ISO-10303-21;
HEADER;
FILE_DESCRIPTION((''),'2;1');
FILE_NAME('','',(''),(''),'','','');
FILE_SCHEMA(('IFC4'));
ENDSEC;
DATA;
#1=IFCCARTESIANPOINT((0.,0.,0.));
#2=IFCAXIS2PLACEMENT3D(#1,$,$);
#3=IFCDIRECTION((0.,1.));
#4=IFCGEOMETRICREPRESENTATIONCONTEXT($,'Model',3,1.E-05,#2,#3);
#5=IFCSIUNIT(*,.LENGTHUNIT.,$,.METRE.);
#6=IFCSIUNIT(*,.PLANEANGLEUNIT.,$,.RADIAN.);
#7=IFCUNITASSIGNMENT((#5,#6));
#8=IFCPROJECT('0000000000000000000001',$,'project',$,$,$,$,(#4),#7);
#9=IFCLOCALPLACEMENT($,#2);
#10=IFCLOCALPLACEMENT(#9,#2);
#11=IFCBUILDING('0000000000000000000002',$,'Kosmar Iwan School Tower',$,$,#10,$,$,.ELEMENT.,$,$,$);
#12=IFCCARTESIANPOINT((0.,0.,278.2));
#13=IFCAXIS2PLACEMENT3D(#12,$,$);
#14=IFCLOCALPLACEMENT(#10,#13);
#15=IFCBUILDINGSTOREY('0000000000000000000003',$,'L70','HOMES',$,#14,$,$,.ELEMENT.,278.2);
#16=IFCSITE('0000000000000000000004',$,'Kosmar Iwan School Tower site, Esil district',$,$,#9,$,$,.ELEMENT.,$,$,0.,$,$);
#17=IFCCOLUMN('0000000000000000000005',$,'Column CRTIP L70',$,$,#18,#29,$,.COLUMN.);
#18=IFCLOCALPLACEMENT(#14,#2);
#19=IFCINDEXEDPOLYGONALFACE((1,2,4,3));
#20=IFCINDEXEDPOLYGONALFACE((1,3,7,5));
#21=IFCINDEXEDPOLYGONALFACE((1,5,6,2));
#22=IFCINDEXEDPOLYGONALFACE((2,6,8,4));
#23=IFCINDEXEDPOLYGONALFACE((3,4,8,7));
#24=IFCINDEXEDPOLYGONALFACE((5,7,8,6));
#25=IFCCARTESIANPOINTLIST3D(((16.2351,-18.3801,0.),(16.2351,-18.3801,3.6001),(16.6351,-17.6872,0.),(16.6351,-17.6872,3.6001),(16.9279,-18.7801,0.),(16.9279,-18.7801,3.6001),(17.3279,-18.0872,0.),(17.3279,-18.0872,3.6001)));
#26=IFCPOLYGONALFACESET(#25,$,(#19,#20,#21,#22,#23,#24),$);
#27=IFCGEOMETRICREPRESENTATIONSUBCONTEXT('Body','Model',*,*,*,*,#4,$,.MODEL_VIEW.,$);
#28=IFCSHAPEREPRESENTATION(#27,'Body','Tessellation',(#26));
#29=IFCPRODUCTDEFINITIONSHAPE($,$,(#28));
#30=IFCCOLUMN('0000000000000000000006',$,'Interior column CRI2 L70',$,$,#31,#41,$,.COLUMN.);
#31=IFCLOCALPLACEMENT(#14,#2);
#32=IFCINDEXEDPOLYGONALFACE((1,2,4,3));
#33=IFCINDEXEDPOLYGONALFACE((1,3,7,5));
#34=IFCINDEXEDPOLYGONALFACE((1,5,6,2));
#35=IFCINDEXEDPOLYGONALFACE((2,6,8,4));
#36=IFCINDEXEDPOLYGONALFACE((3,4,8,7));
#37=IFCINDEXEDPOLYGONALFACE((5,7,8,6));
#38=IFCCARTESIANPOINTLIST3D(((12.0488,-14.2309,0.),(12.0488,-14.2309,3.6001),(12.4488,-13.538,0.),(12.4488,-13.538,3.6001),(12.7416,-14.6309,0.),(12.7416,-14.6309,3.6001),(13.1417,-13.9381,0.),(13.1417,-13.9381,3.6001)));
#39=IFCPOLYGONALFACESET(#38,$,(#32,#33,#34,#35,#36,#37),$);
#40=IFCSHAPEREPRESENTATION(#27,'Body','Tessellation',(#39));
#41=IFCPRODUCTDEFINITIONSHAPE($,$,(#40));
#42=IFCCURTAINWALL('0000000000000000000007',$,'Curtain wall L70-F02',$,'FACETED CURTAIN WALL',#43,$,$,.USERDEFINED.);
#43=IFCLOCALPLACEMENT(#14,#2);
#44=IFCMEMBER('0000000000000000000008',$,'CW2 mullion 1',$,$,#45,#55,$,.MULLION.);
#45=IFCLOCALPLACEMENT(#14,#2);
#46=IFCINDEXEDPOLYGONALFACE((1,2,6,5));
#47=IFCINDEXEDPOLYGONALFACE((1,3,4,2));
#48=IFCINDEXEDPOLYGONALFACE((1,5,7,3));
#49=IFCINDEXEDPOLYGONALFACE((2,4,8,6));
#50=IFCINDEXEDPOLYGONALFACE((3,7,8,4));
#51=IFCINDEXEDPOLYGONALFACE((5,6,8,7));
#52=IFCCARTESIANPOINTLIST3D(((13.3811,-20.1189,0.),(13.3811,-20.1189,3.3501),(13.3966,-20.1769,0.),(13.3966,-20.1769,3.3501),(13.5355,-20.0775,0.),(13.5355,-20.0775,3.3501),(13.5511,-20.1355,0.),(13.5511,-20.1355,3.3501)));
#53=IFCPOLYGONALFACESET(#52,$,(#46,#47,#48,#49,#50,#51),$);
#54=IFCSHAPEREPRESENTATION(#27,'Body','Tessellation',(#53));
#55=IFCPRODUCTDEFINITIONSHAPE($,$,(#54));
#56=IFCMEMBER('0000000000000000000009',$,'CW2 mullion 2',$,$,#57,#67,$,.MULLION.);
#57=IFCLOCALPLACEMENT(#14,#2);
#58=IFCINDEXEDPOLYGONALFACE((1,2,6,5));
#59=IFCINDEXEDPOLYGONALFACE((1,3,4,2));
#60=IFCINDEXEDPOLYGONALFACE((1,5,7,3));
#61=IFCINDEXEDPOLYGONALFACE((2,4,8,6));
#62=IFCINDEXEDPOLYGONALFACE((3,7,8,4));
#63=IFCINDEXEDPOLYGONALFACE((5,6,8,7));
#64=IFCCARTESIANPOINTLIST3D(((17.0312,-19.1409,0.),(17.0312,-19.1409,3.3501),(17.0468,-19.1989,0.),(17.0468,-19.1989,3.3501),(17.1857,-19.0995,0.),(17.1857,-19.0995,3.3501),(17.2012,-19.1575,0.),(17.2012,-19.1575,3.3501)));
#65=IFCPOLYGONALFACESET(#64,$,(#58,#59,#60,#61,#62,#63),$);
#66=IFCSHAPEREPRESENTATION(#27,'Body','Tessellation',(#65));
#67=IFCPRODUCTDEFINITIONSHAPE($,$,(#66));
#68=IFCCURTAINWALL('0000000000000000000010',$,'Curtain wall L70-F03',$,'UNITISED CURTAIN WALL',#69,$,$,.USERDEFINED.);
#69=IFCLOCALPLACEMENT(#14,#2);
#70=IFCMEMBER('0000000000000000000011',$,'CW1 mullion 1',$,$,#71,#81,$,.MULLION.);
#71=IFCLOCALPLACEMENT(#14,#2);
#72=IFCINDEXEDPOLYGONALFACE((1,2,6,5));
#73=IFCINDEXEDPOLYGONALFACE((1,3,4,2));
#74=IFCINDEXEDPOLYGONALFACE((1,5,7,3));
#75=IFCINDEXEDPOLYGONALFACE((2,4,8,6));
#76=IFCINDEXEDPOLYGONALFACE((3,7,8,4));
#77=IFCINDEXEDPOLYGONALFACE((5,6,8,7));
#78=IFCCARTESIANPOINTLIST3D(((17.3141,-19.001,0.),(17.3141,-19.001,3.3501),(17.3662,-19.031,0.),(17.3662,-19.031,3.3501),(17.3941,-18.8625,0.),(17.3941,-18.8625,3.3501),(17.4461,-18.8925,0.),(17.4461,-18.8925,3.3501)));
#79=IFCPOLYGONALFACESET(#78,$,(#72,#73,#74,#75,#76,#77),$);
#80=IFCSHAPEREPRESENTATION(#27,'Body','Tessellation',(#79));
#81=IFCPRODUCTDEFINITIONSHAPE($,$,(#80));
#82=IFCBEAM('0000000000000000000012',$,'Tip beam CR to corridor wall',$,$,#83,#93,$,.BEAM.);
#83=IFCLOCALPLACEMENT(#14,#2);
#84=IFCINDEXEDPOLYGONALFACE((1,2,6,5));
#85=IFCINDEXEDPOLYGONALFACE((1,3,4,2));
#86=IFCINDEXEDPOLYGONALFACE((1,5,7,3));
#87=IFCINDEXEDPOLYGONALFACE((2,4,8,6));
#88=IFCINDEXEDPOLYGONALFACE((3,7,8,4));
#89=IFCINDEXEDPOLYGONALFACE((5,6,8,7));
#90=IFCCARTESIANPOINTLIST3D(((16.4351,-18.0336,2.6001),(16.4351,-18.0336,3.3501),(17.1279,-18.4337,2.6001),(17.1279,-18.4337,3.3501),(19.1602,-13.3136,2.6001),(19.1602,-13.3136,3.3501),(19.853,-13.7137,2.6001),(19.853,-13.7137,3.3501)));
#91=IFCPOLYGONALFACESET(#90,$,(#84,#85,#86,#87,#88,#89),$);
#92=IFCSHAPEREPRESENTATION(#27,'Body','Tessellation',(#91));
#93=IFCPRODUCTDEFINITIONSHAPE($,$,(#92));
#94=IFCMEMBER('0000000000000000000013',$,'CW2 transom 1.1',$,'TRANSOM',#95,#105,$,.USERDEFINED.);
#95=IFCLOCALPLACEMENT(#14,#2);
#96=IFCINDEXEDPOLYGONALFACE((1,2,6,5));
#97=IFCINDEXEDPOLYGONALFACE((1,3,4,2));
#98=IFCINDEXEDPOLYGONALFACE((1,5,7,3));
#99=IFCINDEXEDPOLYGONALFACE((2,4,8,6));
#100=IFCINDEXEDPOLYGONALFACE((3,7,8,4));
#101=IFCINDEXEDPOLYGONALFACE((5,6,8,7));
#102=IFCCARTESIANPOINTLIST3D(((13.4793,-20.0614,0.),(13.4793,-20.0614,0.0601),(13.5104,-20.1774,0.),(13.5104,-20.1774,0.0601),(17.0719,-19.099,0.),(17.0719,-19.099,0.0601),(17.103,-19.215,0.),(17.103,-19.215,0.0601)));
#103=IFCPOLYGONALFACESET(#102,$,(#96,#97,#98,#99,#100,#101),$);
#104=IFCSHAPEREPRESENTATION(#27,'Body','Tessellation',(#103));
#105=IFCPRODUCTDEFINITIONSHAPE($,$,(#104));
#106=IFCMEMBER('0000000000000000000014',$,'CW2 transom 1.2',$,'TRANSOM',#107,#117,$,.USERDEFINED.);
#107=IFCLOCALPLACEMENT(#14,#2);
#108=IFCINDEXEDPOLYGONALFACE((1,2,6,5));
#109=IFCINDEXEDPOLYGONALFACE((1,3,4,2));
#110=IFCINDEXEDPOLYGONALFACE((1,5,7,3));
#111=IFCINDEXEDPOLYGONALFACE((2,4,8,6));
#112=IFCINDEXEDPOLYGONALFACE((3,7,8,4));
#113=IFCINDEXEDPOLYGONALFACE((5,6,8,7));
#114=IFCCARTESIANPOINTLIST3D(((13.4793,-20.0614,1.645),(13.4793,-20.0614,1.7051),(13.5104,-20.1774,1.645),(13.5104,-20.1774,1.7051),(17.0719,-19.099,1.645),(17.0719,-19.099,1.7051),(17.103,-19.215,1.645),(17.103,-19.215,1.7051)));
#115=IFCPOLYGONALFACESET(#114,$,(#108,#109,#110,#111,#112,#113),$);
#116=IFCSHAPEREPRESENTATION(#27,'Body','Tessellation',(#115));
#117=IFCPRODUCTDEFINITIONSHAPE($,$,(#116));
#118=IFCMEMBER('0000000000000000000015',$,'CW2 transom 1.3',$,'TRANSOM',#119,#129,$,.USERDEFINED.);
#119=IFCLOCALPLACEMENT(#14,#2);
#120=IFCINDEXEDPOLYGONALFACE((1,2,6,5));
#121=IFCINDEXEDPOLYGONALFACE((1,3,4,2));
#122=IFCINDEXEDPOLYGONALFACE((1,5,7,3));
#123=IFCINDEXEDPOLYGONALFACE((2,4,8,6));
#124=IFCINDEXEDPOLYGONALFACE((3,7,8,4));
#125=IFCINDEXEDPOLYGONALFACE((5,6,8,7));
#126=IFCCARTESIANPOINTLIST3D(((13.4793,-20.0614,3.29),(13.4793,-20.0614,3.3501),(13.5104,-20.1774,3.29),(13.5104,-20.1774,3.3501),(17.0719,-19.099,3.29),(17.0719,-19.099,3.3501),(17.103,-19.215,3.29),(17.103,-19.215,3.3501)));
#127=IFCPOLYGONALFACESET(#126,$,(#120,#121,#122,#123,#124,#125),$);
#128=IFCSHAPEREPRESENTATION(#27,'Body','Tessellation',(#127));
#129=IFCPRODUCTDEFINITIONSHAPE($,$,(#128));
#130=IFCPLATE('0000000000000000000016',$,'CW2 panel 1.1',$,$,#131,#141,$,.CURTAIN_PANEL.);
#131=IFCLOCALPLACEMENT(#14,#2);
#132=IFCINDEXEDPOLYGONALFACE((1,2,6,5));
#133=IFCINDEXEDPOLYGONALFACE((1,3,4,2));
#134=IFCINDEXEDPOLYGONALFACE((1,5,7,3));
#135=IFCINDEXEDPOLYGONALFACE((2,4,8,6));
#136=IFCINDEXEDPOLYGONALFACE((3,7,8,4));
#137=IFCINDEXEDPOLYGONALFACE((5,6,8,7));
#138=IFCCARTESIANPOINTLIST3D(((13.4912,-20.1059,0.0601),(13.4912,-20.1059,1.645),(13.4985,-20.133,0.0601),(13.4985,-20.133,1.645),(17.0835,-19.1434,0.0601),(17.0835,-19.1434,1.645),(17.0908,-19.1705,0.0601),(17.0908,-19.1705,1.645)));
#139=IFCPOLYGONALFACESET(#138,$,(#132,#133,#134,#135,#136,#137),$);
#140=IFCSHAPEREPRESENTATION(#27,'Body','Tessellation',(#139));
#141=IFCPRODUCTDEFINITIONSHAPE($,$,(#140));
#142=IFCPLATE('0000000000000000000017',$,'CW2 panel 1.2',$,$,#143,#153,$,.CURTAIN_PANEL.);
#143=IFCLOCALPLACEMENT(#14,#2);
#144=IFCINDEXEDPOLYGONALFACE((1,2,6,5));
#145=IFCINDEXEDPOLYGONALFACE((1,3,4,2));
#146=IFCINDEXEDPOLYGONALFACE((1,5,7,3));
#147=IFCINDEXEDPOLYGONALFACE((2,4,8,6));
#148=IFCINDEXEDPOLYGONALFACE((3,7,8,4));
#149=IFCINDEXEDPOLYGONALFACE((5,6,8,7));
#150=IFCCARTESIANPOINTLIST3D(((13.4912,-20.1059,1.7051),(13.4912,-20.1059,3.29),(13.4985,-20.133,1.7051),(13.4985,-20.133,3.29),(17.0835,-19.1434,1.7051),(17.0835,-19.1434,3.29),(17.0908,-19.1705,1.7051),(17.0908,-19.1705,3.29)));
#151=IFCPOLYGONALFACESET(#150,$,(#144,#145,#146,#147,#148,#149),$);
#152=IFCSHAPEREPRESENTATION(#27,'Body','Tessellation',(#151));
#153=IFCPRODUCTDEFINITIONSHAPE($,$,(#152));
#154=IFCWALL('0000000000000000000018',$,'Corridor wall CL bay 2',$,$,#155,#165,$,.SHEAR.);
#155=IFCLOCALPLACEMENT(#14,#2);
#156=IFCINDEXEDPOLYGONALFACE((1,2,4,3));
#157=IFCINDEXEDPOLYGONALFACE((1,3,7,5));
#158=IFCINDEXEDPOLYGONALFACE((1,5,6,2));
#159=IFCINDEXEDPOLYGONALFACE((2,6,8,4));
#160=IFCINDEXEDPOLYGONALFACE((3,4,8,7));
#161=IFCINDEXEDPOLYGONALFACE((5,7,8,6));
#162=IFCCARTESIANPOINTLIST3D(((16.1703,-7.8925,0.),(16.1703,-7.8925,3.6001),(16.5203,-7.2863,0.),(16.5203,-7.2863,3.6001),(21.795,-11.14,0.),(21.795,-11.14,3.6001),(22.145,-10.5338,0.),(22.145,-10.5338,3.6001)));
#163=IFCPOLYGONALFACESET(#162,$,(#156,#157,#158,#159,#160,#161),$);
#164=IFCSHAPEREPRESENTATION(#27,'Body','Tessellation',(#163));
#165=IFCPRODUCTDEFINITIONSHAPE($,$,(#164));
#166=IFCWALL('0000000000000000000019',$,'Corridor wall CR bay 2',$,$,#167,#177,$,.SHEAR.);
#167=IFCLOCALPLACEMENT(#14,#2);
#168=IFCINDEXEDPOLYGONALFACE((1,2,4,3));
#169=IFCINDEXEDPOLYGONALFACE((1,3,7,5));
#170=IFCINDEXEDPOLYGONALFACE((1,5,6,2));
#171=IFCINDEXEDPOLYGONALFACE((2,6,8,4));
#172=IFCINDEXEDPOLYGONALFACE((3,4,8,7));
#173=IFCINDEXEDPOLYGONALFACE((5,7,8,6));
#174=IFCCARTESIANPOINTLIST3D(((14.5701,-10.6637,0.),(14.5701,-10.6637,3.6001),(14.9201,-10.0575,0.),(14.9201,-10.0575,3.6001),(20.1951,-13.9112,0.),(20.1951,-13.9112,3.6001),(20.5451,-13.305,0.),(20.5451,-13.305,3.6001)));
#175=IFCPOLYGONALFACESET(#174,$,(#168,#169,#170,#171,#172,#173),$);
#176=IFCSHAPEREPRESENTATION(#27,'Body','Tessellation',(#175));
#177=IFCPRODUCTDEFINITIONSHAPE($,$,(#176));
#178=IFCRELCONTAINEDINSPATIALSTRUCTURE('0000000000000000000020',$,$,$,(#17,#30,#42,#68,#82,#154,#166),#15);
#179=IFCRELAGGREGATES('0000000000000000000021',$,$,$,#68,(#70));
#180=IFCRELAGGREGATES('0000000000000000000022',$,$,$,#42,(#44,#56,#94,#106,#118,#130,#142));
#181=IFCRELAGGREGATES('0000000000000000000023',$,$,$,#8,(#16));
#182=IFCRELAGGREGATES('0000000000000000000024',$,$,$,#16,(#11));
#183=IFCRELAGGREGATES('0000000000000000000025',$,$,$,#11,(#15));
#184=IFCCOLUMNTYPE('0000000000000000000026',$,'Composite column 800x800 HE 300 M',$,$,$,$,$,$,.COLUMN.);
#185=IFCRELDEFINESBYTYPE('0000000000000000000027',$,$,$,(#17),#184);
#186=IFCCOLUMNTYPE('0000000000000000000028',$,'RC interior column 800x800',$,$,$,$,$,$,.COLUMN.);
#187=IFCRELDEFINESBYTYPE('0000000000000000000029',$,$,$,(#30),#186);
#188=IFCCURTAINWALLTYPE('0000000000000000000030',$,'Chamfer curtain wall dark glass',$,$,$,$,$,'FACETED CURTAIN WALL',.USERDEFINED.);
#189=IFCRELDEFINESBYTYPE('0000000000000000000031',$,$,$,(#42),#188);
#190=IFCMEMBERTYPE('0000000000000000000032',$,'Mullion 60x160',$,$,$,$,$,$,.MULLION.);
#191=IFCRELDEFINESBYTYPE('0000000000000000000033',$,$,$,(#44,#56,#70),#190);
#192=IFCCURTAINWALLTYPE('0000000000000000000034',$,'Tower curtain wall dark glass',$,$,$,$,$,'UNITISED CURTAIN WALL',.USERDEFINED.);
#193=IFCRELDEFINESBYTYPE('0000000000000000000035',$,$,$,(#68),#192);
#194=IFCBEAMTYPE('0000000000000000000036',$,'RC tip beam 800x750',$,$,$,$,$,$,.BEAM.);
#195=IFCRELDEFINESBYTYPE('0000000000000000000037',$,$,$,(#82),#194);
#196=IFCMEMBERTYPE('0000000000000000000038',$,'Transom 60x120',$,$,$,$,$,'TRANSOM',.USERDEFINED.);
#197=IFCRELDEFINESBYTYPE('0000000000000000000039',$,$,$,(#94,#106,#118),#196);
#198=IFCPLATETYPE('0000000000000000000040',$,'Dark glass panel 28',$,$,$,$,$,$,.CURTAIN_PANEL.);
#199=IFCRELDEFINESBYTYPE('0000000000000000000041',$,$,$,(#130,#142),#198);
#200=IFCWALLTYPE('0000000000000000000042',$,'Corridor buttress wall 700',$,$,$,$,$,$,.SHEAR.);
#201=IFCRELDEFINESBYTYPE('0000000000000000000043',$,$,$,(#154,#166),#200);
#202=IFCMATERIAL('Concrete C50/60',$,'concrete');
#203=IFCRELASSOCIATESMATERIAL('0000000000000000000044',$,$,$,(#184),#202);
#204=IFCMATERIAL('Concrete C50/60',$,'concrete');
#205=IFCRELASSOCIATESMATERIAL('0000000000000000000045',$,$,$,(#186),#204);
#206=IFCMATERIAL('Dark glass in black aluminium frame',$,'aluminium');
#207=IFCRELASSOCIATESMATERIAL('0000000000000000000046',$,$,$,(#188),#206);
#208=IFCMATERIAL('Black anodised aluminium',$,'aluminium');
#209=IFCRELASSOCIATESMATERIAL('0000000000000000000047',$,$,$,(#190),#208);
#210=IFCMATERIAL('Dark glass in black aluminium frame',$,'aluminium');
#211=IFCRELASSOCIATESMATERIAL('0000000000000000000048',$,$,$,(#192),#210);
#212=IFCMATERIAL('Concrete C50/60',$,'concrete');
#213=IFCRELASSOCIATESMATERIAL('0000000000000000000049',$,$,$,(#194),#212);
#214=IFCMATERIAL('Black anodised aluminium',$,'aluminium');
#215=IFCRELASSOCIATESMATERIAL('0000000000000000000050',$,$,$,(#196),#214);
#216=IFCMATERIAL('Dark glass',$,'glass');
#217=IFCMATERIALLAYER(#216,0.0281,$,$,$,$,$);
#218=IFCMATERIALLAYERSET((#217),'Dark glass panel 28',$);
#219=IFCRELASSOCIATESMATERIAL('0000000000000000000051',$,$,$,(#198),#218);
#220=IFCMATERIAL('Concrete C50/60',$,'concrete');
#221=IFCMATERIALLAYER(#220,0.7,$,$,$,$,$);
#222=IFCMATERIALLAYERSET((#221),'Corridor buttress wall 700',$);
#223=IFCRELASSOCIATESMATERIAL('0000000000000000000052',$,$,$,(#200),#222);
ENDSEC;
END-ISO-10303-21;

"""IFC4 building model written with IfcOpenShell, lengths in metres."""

from ifc_helpers import new_model, si_unit, direction, frame, frame_2d, origin, origin_2d, place, context, subcontext, project, spatial, rectangle, extrude, material, layer, layer_set, material_profile, profile_set, type_object, element, aggregate, save


model = new_model("IFC4")

# Units and contexts
model_context = context("Model", 3, precision=1e-05, world=origin(), true_north=direction((0.0, 1.0)))
body_context = subcontext(model_context, "Body", "Model", "MODEL_VIEW")
ifc_project = project(units=[si_unit("LENGTHUNIT", "METRE"), si_unit("PLANEANGLEUNIT", "RADIAN")], contexts=[model_context])

# Site, building, storey
site_placement = place(None, origin())
site = spatial("IfcSite", under=ifc_project, at=site_placement, Name="Kosmar Iwan School Tower site, Esil district", CompositionType="ELEMENT", RefElevation=0.0)
building_placement = place(site_placement, origin())
building = spatial("IfcBuilding", under=site, at=building_placement, Name="Kosmar Iwan School Tower", CompositionType="ELEMENT")
storey_placement = place(building_placement, frame((0.0, 0.0, 278.2)))
storey = spatial("IfcBuildingStorey", under=building, at=storey_placement, Name="L70", Description="HOMES", CompositionType="ELEMENT", Elevation=278.2)

# Columns
ifc_material_1 = material(Name="Concrete C50/60", Category="concrete")
ifc_material_profile_1 = material_profile(ifc_material_1, rectangle(XDim=0.8, YDim=0.8, at=origin_2d()), Name="RC 800x800 + HE 300 M")
ifc_profile_set_1 = profile_set([ifc_material_profile_1], Name="Concrete C50/60")
column_type_1 = type_object("IfcColumnType", Name="Composite column 800x800 HE 300 M", PredefinedType="COLUMN", material=ifc_profile_set_1)
column_1_placement = place(storey_placement, frame((16.7815, -18.2336, 0.0), z_axis=(0.0, 0.0, 1.0), x_axis=(0.866025, -0.5, 0.0)))
element("IfcColumn", 1, at=column_1_placement, inside=storey, type_object=column_type_1, Name="Column CRTIP L70", PredefinedType="COLUMN", context=body_context, shape_type="SweptSolid", body=[
    extrude(rectangle(XDim=0.8, YDim=0.8, at=origin_2d()), origin(), (0.0, 0.0, 1.0), 3.6001),
])
ifc_material_2 = material(Name="Concrete C50/60", Category="concrete")
ifc_material_profile_2 = material_profile(ifc_material_2, rectangle(XDim=0.8, YDim=0.8, at=origin_2d()), Name="RC 800x800")
ifc_profile_set_2 = profile_set([ifc_material_profile_2], Name="Concrete C50/60")
column_type_2 = type_object("IfcColumnType", Name="RC interior column 800x800", PredefinedType="COLUMN", material=ifc_profile_set_2)
column_2_placement = place(storey_placement, frame((12.5952, -14.0845, 0.0), z_axis=(0.0, 0.0, 1.0), x_axis=(0.866025, -0.5, 0.0)))
element("IfcColumn", 2, at=column_2_placement, inside=storey, type_object=column_type_2, Name="Interior column CRI2 L70", PredefinedType="COLUMN", context=body_context, shape_type="SweptSolid", body=[
    extrude(rectangle(XDim=0.8, YDim=0.8, at=origin_2d()), origin(), (0.0, 0.0, 1.0), 3.6001),
])

# Curtain wall, members
ifc_material_3 = material(Name="Dark glass in black aluminium frame", Category="aluminium")
curtain_wall_type_1 = type_object("IfcCurtainWallType", Name="Chamfer curtain wall dark glass", ElementType="FACETED CURTAIN WALL", PredefinedType="USERDEFINED", material=ifc_material_3)
curtain_wall_1_placement = place(storey_placement, origin())
curtain_wall_1 = element("IfcCurtainWall", 3, at=curtain_wall_1_placement, inside=storey, type_object=curtain_wall_type_1, Name="Curtain wall L70-F02", ObjectType="FACETED CURTAIN WALL", PredefinedType="USERDEFINED")
ifc_material_4 = material(Name="Black anodised aluminium", Category="aluminium")
ifc_material_profile_3 = material_profile(ifc_material_4, rectangle(XDim=0.0601, YDim=0.1599, at=origin_2d()), Name="MULLION 60x160")
ifc_profile_set_3 = profile_set([ifc_material_profile_3], Name="Black anodised aluminium")
member_type_1 = type_object("IfcMemberType", Name="Mullion 60x160", PredefinedType="MULLION", material=ifc_profile_set_3)
member_1_placement = place(storey_placement, frame((13.4661, -20.1272, 0.0), z_axis=(0.0, 0.0, 1.0), x_axis=(-0.258819, 0.965926, 0.0)))
member_1 = element("IfcMember", 4, at=member_1_placement, type_object=member_type_1, Name="CW2 mullion 1", PredefinedType="MULLION", context=body_context, shape_type="SweptSolid", body=[
    extrude(rectangle(XDim=0.0601, YDim=0.1599, at=origin_2d()), origin(), (0.0, 0.0, 1.0), 3.3501),
])
member_2_placement = place(storey_placement, frame((17.1162, -19.1492, 0.0), z_axis=(0.0, 0.0, 1.0), x_axis=(-0.258819, 0.965926, 0.0)))
member_2 = element("IfcMember", 5, at=member_2_placement, type_object=member_type_1, Name="CW2 mullion 2", PredefinedType="MULLION", context=body_context, shape_type="SweptSolid", body=[
    extrude(rectangle(XDim=0.0601, YDim=0.1599, at=origin_2d()), origin(), (0.0, 0.0, 1.0), 3.3501),
])

# Curtain wall, member
ifc_material_5 = material(Name="Dark glass in black aluminium frame", Category="aluminium")
curtain_wall_type_2 = type_object("IfcCurtainWallType", Name="Tower curtain wall dark glass", ElementType="UNITISED CURTAIN WALL", PredefinedType="USERDEFINED", material=ifc_material_5)
curtain_wall_2_placement = place(storey_placement, origin())
curtain_wall_2 = element("IfcCurtainWall", 6, at=curtain_wall_2_placement, inside=storey, type_object=curtain_wall_type_2, Name="Curtain wall L70-F03", ObjectType="UNITISED CURTAIN WALL", PredefinedType="USERDEFINED")
member_3_placement = place(storey_placement, frame((17.3801, -18.9468, 0.0), z_axis=(0.0, 0.0, 1.0), x_axis=(-0.866025, 0.5, 0.0)))
member_3 = element("IfcMember", 7, at=member_3_placement, type_object=member_type_1, Name="CW1 mullion 1", PredefinedType="MULLION", context=body_context, shape_type="SweptSolid", body=[
    extrude(rectangle(XDim=0.0601, YDim=0.1599, at=origin_2d()), origin(), (0.0, 0.0, 1.0), 3.3501),
])
aggregate(curtain_wall_2, [member_3])

# Beam
ifc_material_6 = material(Name="Concrete C50/60", Category="concrete")
ifc_material_profile_4 = material_profile(ifc_material_6, rectangle(XDim=0.8, YDim=0.75, at=origin_2d()), Name="RC 800x750")
ifc_profile_set_4 = profile_set([ifc_material_profile_4], Name="Concrete C50/60")
beam_type = type_object("IfcBeamType", Name="RC tip beam 800x750", PredefinedType="BEAM", material=ifc_profile_set_4)
beam_placement = place(storey_placement, frame((16.7815, -18.2336, 2.9751), z_axis=(0.500003, 0.866024, 0.0), x_axis=(-0.866024, 0.500003, 0.0)))
element("IfcBeam", 8, at=beam_placement, inside=storey, type_object=beam_type, Name="Tip beam CR to corridor wall", PredefinedType="BEAM", context=body_context, shape_type="SweptSolid", body=[
    extrude(rectangle(XDim=0.8, YDim=0.75, at=origin_2d()), origin(), (0.0, 0.0, 1.0), 5.4502),
])

# Members
ifc_material_7 = material(Name="Black anodised aluminium", Category="aluminium")
ifc_material_profile_5 = material_profile(ifc_material_7, rectangle(XDim=0.1201, YDim=0.0601, at=origin_2d()), Name="TRANSOM 60x120")
ifc_profile_set_5 = profile_set([ifc_material_profile_5], Name="Black anodised aluminium")
member_type_2 = type_object("IfcMemberType", Name="Transom 60x120", ElementType="TRANSOM", PredefinedType="USERDEFINED", material=ifc_profile_set_5)
member_4_placement = place(storey_placement, frame((13.4949, -20.1194, 0.03), z_axis=(0.96594, 0.258766, 0.0), x_axis=(-0.258766, 0.96594, 0.0)))
member_4 = element("IfcMember", 9, at=member_4_placement, type_object=member_type_2, Name="CW2 transom 1.1", ObjectType="TRANSOM", PredefinedType="USERDEFINED", context=body_context, shape_type="SweptSolid", body=[
    extrude(rectangle(XDim=0.1201, YDim=0.0601, at=origin_2d()), origin(), (0.0, 0.0, 1.0), 3.7192),
])
member_5_placement = place(storey_placement, frame((13.4949, -20.1194, 1.675), z_axis=(0.96594, 0.258766, 0.0), x_axis=(-0.258766, 0.96594, 0.0)))
member_5 = element("IfcMember", 10, at=member_5_placement, type_object=member_type_2, Name="CW2 transom 1.2", ObjectType="TRANSOM", PredefinedType="USERDEFINED", context=body_context, shape_type="SweptSolid", body=[
    extrude(rectangle(XDim=0.1201, YDim=0.0601, at=origin_2d()), origin(), (0.0, 0.0, 1.0), 3.7192),
])
member_6_placement = place(storey_placement, frame((13.4949, -20.1194, 3.3201), z_axis=(0.96594, 0.258766, 0.0), x_axis=(-0.258766, 0.96594, 0.0)))
member_6 = element("IfcMember", 11, at=member_6_placement, type_object=member_type_2, Name="CW2 transom 1.3", ObjectType="TRANSOM", PredefinedType="USERDEFINED", context=body_context, shape_type="SweptSolid", body=[
    extrude(rectangle(XDim=0.1201, YDim=0.0601, at=origin_2d()), origin(), (0.0, 0.0, 1.0), 3.7192),
])

# Plates
ifc_material_8 = material(Name="Dark glass", Category="glass")
ifc_layer_1 = layer(ifc_material_8, 0.0281)
ifc_layer_set_1 = layer_set([ifc_layer_1], Name="Dark glass panel 28")
plate_type = type_object("IfcPlateType", Name="Dark glass panel 28", PredefinedType="CURTAIN_PANEL", material=ifc_layer_set_1)
plate_1_placement = place(storey_placement, frame((15.291, -19.6382, 0.0601), z_axis=(0.0, 0.0, 1.0), x_axis=(0.965926, 0.258819, 0.0)))
plate_1 = element("IfcPlate", 12, at=plate_1_placement, type_object=plate_type, Name="CW2 panel 1.1", PredefinedType="CURTAIN_PANEL", context=body_context, shape_type="SweptSolid", body=[
    extrude(rectangle(XDim=3.719, YDim=0.0281, at=origin_2d()), origin(), (0.0, 0.0, 1.0), 1.585),
])
plate_2_placement = place(storey_placement, frame((15.291, -19.6382, 1.7051), z_axis=(0.0, 0.0, 1.0), x_axis=(0.965926, 0.258819, 0.0)))
plate_2 = element("IfcPlate", 13, at=plate_2_placement, type_object=plate_type, Name="CW2 panel 1.2", PredefinedType="CURTAIN_PANEL", context=body_context, shape_type="SweptSolid", body=[
    extrude(rectangle(XDim=3.719, YDim=0.0281, at=origin_2d()), origin(), (0.0, 0.0, 1.0), 1.585),
])
aggregate(curtain_wall_1, [member_1, member_2, member_4, member_5, member_6, plate_1, plate_2])

# Walls
ifc_material_9 = material(Name="Concrete C50/60", Category="concrete")
ifc_layer_2 = layer(ifc_material_9, 0.7)
ifc_layer_set_2 = layer_set([ifc_layer_2], Name="Corridor buttress wall 700")
wall_type_1 = type_object("IfcWallType", Name="Corridor buttress wall 700", PredefinedType="SHEAR", material=ifc_layer_set_2)
wall_1_placement = place(storey_placement, frame((16.3452, -7.5894, 0.0), z_axis=(0.0, 0.0, 1.0), x_axis=(0.866018, -0.500012, 0.0)))
element("IfcWall", 14, at=wall_1_placement, inside=storey, type_object=wall_type_1, Name="Corridor wall CL bay 2", PredefinedType="SHEAR", context=body_context, shape_type="SweptSolid", body=[
    extrude(rectangle(XDim=6.4949, YDim=0.7, at=frame_2d((3.2476, 0.0))), origin(), (0.0, 0.0, 1.0), 3.6001),
])
wall_2_placement = place(storey_placement, frame((14.7451, -10.3606, 0.0), z_axis=(0.0, 0.0, 1.0), x_axis=(0.866028, -0.499996, 0.0)))
element("IfcWall", 15, at=wall_2_placement, inside=storey, type_object=wall_type_1, Name="Corridor wall CR bay 2", PredefinedType="SHEAR", context=body_context, shape_type="SweptSolid", body=[
    extrude(rectangle(XDim=6.4951, YDim=0.7, at=frame_2d((3.2476, 0.0))), origin(), (0.0, 0.0, 1.0), 3.6001),
])

save(model, "model.ifc")
